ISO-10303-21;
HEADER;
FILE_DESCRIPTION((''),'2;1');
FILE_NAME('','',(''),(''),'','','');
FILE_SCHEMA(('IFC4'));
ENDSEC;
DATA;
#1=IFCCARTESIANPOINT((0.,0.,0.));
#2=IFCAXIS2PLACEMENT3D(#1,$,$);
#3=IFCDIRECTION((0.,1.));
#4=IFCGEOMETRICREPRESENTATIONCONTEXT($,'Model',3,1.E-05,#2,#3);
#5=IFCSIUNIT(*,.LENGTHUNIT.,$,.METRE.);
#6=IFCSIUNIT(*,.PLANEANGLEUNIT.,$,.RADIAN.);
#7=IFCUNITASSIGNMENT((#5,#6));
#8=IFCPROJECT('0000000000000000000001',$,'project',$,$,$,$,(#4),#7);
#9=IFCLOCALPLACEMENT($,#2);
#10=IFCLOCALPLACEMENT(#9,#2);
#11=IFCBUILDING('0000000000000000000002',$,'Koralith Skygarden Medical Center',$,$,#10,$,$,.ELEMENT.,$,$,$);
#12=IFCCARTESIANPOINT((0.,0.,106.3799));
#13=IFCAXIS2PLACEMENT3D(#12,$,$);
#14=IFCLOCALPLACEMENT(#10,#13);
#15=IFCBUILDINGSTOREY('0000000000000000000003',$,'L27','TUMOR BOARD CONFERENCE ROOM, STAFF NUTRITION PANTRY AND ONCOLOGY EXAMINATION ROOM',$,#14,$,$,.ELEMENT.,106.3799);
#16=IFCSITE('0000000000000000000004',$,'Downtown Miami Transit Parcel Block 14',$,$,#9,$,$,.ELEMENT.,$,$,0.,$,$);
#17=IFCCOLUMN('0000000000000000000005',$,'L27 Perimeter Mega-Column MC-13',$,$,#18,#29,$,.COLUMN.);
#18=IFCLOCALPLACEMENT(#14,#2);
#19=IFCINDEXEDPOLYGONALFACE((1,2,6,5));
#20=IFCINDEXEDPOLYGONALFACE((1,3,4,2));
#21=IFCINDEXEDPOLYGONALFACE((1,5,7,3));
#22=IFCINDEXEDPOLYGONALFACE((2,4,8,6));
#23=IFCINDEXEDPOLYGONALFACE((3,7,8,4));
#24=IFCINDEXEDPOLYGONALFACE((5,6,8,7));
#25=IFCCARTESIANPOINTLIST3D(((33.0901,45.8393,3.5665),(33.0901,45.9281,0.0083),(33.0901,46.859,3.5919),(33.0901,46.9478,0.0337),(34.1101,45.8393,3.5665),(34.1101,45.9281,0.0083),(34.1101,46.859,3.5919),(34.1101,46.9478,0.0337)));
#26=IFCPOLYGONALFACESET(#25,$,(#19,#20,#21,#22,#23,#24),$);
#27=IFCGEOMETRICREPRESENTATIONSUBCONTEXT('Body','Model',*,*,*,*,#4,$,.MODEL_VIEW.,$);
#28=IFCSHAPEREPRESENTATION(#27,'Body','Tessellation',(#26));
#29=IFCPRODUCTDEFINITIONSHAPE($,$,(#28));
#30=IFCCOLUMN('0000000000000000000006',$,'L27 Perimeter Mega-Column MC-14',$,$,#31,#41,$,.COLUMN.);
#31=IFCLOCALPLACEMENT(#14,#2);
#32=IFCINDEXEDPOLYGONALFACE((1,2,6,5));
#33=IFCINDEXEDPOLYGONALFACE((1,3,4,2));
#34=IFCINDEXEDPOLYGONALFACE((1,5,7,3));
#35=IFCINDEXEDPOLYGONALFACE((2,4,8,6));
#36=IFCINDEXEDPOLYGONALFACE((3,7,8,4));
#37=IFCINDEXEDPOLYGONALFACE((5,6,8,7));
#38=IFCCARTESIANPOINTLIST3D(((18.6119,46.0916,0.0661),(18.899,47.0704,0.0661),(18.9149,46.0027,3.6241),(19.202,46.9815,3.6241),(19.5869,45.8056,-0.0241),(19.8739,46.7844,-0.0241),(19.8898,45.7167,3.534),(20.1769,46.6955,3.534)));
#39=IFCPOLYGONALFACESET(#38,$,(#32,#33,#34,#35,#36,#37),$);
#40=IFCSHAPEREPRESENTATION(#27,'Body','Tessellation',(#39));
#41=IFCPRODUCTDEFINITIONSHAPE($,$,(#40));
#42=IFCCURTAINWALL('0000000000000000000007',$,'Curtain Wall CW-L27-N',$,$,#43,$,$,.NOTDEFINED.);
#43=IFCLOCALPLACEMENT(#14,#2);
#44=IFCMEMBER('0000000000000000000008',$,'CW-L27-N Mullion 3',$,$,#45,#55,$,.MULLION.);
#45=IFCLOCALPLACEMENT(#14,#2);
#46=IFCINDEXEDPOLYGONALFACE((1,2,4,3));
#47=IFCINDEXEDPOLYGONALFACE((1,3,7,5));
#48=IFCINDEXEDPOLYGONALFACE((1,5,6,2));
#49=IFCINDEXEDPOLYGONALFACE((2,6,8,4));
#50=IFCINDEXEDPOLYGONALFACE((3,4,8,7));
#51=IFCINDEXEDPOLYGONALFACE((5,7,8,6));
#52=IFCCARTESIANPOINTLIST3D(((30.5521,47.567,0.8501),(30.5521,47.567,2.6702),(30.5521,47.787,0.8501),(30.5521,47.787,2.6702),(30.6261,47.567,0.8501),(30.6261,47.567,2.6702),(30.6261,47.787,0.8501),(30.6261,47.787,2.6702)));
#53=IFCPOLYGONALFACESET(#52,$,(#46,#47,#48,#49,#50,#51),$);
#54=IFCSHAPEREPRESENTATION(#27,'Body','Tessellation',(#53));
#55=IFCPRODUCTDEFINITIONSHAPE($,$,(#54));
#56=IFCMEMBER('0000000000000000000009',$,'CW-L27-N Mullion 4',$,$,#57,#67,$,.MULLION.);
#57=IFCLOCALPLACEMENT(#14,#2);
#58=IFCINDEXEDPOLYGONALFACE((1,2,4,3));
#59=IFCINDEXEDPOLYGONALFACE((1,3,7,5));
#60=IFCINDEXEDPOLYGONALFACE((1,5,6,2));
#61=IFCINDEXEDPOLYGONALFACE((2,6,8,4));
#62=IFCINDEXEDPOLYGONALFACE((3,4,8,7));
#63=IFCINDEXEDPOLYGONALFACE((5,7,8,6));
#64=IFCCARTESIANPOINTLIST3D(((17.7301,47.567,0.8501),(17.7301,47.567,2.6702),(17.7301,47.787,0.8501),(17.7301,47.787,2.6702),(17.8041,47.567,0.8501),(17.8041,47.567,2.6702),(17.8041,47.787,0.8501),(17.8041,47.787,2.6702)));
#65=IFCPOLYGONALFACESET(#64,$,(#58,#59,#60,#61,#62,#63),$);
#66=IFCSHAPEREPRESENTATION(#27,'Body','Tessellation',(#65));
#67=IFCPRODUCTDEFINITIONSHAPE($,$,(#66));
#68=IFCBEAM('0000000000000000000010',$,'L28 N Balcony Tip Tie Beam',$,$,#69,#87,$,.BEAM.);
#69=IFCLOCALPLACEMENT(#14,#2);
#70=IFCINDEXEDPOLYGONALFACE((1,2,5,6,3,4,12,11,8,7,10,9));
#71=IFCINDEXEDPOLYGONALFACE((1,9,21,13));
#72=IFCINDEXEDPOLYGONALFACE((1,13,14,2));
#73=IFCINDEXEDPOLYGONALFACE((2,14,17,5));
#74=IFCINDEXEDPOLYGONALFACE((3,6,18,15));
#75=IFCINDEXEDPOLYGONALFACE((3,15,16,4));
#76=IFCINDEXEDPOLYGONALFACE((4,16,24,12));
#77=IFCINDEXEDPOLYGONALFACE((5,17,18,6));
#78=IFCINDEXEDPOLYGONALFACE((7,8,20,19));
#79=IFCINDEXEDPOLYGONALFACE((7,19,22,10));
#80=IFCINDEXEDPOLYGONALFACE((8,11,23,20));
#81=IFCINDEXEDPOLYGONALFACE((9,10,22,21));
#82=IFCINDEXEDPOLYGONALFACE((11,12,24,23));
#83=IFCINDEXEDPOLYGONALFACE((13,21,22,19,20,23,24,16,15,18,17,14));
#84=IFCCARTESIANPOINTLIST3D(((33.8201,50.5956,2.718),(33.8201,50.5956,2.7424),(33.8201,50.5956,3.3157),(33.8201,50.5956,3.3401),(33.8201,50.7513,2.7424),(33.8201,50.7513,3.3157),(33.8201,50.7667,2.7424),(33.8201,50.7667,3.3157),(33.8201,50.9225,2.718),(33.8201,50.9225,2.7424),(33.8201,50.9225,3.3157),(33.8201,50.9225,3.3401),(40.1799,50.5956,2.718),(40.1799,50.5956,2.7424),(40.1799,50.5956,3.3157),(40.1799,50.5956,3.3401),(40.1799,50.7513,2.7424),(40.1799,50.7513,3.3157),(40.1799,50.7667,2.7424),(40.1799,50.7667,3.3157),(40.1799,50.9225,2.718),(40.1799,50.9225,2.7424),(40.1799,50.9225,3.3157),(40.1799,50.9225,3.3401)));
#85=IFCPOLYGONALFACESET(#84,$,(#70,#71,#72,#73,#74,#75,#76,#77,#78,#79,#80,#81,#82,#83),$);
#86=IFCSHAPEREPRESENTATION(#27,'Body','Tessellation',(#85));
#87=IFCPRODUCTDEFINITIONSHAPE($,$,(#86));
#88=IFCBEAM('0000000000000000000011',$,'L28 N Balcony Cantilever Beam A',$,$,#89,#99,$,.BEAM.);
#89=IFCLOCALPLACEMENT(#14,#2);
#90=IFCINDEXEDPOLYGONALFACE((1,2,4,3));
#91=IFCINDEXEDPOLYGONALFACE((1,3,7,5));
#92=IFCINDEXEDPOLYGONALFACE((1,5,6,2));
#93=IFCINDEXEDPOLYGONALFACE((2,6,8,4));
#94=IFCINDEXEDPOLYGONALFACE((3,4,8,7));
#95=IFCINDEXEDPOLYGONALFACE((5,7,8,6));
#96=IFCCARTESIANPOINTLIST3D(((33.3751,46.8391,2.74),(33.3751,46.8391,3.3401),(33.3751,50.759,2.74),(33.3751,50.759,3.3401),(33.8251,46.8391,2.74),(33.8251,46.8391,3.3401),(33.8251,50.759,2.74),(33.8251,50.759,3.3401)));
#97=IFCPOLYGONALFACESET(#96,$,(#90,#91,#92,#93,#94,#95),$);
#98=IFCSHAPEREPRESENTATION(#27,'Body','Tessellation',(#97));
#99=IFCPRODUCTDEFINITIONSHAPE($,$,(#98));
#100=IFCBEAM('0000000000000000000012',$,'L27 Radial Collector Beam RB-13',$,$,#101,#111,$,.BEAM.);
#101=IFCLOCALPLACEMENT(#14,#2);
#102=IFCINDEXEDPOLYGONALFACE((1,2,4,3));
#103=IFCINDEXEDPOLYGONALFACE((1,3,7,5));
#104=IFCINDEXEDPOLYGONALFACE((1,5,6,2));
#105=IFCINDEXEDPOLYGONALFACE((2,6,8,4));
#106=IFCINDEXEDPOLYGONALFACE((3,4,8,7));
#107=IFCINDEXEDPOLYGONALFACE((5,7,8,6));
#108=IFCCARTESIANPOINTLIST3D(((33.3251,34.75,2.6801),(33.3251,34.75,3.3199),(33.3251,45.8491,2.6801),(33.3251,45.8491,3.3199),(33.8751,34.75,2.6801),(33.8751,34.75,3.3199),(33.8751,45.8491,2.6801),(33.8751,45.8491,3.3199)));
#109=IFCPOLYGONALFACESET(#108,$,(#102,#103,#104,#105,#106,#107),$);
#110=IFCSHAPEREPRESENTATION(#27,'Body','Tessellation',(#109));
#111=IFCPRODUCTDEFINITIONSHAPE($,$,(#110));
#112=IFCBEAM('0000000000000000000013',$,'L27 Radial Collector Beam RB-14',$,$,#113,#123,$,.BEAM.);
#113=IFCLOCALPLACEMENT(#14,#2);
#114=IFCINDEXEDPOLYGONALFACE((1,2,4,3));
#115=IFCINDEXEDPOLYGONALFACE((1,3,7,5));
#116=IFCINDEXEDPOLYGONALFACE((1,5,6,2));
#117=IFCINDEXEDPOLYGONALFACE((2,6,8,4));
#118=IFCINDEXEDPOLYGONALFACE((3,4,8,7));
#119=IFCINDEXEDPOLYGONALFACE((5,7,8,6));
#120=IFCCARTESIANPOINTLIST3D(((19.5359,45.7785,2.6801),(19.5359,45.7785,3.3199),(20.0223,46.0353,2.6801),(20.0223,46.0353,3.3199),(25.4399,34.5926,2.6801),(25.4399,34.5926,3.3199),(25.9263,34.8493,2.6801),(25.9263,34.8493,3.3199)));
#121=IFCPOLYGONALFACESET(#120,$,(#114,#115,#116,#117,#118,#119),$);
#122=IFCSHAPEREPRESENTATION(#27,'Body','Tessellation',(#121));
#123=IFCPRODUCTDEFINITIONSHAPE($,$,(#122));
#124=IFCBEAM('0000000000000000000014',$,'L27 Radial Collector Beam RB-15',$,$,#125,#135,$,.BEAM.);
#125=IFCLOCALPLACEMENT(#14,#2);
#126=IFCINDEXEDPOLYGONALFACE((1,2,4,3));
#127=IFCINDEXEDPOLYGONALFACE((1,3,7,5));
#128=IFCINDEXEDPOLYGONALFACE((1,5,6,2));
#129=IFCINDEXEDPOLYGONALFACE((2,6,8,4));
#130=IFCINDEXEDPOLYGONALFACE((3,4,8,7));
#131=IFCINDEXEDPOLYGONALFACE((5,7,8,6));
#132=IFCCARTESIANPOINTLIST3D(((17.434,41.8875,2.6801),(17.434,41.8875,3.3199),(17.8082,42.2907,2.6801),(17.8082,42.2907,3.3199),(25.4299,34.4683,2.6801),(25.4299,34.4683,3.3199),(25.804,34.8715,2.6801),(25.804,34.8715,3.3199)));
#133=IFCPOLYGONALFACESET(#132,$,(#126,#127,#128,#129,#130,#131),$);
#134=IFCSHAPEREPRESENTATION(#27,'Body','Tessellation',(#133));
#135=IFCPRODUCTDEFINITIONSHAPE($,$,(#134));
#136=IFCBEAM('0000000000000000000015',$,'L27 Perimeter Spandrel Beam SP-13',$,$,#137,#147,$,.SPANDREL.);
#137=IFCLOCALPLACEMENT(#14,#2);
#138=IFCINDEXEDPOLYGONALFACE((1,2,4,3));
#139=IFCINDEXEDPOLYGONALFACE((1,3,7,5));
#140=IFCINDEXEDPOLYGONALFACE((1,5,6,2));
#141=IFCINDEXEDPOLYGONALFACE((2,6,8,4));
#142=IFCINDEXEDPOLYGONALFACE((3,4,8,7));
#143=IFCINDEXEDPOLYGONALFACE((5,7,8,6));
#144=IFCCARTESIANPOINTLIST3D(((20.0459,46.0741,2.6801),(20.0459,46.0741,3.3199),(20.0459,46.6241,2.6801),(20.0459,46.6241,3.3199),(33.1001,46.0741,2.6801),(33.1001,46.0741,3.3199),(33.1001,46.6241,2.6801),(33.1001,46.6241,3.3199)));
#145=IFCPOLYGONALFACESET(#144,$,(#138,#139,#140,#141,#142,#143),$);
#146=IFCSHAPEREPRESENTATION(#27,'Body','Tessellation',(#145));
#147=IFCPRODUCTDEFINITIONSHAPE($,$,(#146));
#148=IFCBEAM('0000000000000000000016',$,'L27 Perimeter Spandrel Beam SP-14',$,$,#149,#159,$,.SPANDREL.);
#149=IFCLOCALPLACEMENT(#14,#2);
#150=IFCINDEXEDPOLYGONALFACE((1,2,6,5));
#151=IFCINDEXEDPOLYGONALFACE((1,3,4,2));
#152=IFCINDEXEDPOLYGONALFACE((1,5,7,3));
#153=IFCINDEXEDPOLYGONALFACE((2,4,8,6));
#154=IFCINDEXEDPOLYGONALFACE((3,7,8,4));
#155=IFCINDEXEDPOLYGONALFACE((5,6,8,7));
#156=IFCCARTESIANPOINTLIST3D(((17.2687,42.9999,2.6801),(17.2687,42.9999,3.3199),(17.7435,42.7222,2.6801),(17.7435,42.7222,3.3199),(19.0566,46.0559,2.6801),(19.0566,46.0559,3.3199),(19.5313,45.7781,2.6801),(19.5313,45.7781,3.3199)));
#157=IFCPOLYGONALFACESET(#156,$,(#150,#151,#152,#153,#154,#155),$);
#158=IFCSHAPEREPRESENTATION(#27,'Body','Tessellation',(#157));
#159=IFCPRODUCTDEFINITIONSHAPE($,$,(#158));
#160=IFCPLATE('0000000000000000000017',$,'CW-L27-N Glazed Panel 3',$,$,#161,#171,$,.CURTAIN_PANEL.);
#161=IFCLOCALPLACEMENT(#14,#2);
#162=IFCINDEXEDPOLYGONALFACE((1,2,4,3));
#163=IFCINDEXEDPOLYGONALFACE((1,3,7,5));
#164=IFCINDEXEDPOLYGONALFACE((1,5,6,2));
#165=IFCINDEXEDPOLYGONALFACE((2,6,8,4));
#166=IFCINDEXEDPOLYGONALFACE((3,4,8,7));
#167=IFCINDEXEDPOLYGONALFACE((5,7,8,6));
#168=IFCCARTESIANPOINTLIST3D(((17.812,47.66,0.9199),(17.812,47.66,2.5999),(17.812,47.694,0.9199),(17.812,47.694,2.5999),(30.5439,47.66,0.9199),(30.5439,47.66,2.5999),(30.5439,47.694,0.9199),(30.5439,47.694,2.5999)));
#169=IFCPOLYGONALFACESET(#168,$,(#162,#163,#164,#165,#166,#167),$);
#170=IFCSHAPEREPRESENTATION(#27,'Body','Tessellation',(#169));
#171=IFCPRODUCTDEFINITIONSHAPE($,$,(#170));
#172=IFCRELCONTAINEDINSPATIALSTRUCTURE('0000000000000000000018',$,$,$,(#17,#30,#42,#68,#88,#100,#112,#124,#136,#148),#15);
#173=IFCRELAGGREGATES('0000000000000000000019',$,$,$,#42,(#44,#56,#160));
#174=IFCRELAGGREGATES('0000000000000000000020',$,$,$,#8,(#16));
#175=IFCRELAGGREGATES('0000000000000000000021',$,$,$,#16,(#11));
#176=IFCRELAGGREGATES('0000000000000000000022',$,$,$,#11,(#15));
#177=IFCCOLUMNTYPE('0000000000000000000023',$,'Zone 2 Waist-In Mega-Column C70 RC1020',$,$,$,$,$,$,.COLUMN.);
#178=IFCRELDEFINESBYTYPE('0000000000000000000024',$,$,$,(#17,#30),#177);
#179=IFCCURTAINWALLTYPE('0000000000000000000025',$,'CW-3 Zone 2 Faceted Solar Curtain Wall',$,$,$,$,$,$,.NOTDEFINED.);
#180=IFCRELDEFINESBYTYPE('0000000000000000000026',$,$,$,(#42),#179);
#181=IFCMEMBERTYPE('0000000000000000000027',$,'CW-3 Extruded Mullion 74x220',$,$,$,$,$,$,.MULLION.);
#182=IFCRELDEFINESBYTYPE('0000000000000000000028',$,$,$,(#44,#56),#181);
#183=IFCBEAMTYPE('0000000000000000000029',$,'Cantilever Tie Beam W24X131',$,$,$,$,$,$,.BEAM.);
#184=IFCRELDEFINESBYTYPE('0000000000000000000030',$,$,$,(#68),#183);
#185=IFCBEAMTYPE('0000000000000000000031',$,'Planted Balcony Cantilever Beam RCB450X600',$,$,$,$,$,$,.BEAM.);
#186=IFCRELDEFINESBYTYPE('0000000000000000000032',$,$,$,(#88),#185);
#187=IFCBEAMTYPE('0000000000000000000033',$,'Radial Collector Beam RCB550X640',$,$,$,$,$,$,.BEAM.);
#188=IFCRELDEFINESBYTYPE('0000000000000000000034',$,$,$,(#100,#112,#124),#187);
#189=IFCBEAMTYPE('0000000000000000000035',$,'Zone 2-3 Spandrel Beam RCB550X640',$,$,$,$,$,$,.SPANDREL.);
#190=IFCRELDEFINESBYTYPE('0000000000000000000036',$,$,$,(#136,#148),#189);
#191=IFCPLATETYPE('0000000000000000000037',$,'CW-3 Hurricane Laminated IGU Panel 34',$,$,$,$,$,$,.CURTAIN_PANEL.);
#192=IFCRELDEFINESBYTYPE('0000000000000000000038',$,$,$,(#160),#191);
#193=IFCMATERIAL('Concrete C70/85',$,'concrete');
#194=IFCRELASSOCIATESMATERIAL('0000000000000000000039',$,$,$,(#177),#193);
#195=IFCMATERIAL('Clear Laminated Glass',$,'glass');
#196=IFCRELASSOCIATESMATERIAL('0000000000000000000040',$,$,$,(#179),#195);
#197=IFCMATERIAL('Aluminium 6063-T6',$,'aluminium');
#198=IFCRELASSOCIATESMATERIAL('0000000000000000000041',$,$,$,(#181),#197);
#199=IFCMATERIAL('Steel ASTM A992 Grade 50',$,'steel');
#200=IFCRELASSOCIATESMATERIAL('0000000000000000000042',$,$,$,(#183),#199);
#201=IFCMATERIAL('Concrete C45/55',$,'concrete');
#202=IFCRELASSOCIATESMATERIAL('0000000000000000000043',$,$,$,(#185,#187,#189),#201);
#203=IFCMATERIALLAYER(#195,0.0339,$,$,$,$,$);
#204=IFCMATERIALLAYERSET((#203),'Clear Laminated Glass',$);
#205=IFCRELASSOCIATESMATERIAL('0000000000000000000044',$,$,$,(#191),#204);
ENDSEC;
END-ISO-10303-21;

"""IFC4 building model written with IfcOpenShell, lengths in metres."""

from ifc_helpers import new_model, si_unit, direction, frame, origin, origin_2d, place, context, subcontext, project, spatial, rectangle, i_section, extrude, material, layer, layer_set, material_profile, profile_set, type_object, element, aggregate, save


model = new_model("IFC4")

# Units and contexts
model_context = context("Model", 3, precision=1e-05, world=origin(), true_north=direction((0.0, 1.0)))
body_context = subcontext(model_context, "Body", "Model", "MODEL_VIEW")
ifc_project = project(units=[si_unit("LENGTHUNIT", "METRE"), si_unit("PLANEANGLEUNIT", "RADIAN")], contexts=[model_context])

# Site, building, storey
site_placement = place(None, origin())
site = spatial("IfcSite", under=ifc_project, at=site_placement, Name="Downtown Miami Transit Parcel Block 14", CompositionType="ELEMENT", RefElevation=0.0)
building_placement = place(site_placement, origin())
building = spatial("IfcBuilding", under=site, at=building_placement, Name="Koralith Skygarden Medical Center", CompositionType="ELEMENT")
storey_placement = place(building_placement, frame((0.0, 0.0, 106.3799)))
storey = spatial("IfcBuildingStorey", under=building, at=storey_placement, Name="L27", Description="TUMOR BOARD CONFERENCE ROOM, STAFF NUTRITION PANTRY AND ONCOLOGY EXAMINATION ROOM", CompositionType="ELEMENT", Elevation=106.3799)

# Columns
ifc_material_1 = material(Name="Concrete C70/85", Category="concrete")
ifc_material_profile_1 = material_profile(ifc_material_1, rectangle(XDim=1.02, YDim=1.02, at=origin_2d()), Name="RC1020X1020")
ifc_profile_set_1 = profile_set([ifc_material_profile_1], Name="Concrete C70/85")
column_type = type_object("IfcColumnType", Name="Zone 2 Waist-In Mega-Column C70 RC1020", PredefinedType="COLUMN", material=ifc_profile_set_1)
column_1_placement = place(storey_placement, frame((33.6001, 46.438, 0.021), z_axis=(0.0, -0.024968, 0.999688), x_axis=(1.0, 0.0, 0.0)))
element("IfcColumn", 1, at=column_1_placement, inside=storey, type_object=column_type, Name="L27 Perimeter Mega-Column MC-13", PredefinedType="COLUMN", context=body_context, shape_type="SweptSolid", body=[
    extrude(rectangle(XDim=1.02, YDim=1.02, at=origin_2d()), origin(), (0.0, 0.0, 1.0), 3.5593),
])
column_2_placement = place(storey_placement, frame((19.2429, 46.438, 0.021), z_axis=(0.084818, -0.024878, 0.996086), x_axis=(0.281455, 0.959575, 0.0)))
element("IfcColumn", 2, at=column_2_placement, inside=storey, type_object=column_type, Name="L27 Perimeter Mega-Column MC-14", PredefinedType="COLUMN", context=body_context, shape_type="SweptSolid", body=[
    extrude(rectangle(XDim=1.02, YDim=1.02, at=origin_2d()), origin(), (0.0, 0.0, 1.0), 3.572),
])

# Curtain wall, members
ifc_material_2 = material(Name="Clear Laminated Glass", Category="glass")
curtain_wall_type = type_object("IfcCurtainWallType", Name="CW-3 Zone 2 Faceted Solar Curtain Wall", PredefinedType="NOTDEFINED", material=ifc_material_2)
curtain_wall_placement = place(storey_placement, origin())
curtain_wall = element("IfcCurtainWall", 3, at=curtain_wall_placement, inside=storey, type_object=curtain_wall_type, Name="Curtain Wall CW-L27-N", PredefinedType="NOTDEFINED")
ifc_material_3 = material(Name="Aluminium 6063-T6", Category="aluminium")
ifc_material_profile_2 = material_profile(ifc_material_3, rectangle(XDim=0.074, YDim=0.22, at=origin_2d()), Name="MUL74X220")
ifc_profile_set_2 = profile_set([ifc_material_profile_2], Name="Aluminium 6063-T6")
member_type = type_object("IfcMemberType", Name="CW-3 Extruded Mullion 74x220", PredefinedType="MULLION", material=ifc_profile_set_2)
member_1_placement = place(storey_placement, frame((30.5891, 47.677, 0.8501), z_axis=(0.0, 0.0, 1.0), x_axis=(1.0, 0.0, 0.0)))
member_1 = element("IfcMember", 4, at=member_1_placement, type_object=member_type, Name="CW-L27-N Mullion 3", PredefinedType="MULLION", context=body_context, shape_type="SweptSolid", body=[
    extrude(rectangle(XDim=0.074, YDim=0.22, at=origin_2d()), origin(), (0.0, 0.0, 1.0), 1.8201),
])
member_2_placement = place(storey_placement, frame((17.7671, 47.677, 0.8501), z_axis=(0.0, 0.0, 1.0), x_axis=(1.0, 0.0, 0.0)))
member_2 = element("IfcMember", 5, at=member_2_placement, type_object=member_type, Name="CW-L27-N Mullion 4", PredefinedType="MULLION", context=body_context, shape_type="SweptSolid", body=[
    extrude(rectangle(XDim=0.074, YDim=0.22, at=origin_2d()), origin(), (0.0, 0.0, 1.0), 1.8201),
])

# Beams
ifc_material_4 = material(Name="Steel ASTM A992 Grade 50", Category="steel")
ifc_material_profile_3 = material_profile(ifc_material_4, i_section(OverallWidth=0.3269, OverallDepth=0.6221, WebThickness=0.0154, FlangeThickness=0.0244, at=origin_2d()), Name="W24X131")
ifc_profile_set_3 = profile_set([ifc_material_profile_3], Name="Steel ASTM A992 Grade 50")
beam_type_1 = type_object("IfcBeamType", Name="Cantilever Tie Beam W24X131", PredefinedType="BEAM", material=ifc_profile_set_3)
beam_1_placement = place(storey_placement, frame((33.8201, 50.759, 3.0291), z_axis=(1.0, 0.0, 0.0), x_axis=(0.0, 1.0, 0.0)))
element("IfcBeam", 6, at=beam_1_placement, inside=storey, type_object=beam_type_1, Name="L28 N Balcony Tip Tie Beam", PredefinedType="BEAM", context=body_context, shape_type="SweptSolid", body=[
    extrude(i_section(OverallWidth=0.3269, OverallDepth=0.6221, WebThickness=0.0154, FlangeThickness=0.0244, at=origin_2d()), origin(), (0.0, 0.0, 1.0), 6.3599),
])
ifc_material_5 = material(Name="Concrete C45/55", Category="concrete")
ifc_material_profile_4 = material_profile(ifc_material_5, rectangle(XDim=0.45, YDim=0.6001, at=origin_2d()), Name="RCB450X600")
ifc_profile_set_4 = profile_set([ifc_material_profile_4], Name="Concrete C45/55")
beam_type_2 = type_object("IfcBeamType", Name="Planted Balcony Cantilever Beam RCB450X600", PredefinedType="BEAM", material=ifc_profile_set_4)
beam_2_placement = place(storey_placement, frame((33.6001, 46.8391, 3.04), z_axis=(0.0, 1.0, 0.0), x_axis=(-1.0, 0.0, 0.0)))
element("IfcBeam", 7, at=beam_2_placement, inside=storey, type_object=beam_type_2, Name="L28 N Balcony Cantilever Beam A", PredefinedType="BEAM", context=body_context, shape_type="SweptSolid", body=[
    extrude(rectangle(XDim=0.45, YDim=0.6001, at=origin_2d()), origin(), (0.0, 0.0, 1.0), 3.9199),
])
ifc_material_profile_5 = material_profile(ifc_material_5, rectangle(XDim=0.55, YDim=0.6399, at=origin_2d()), Name="RCB550X640")
ifc_profile_set_5 = profile_set([ifc_material_profile_5], Name="Concrete C45/55")
beam_type_3 = type_object("IfcBeamType", Name="Radial Collector Beam RCB550X640", PredefinedType="BEAM", material=ifc_profile_set_5)
beam_3_placement = place(storey_placement, frame((33.6001, 34.75, 3.0), z_axis=(0.0, 1.0, 0.0), x_axis=(-1.0, 0.0, 0.0)))
element("IfcBeam", 8, at=beam_3_placement, inside=storey, type_object=beam_type_3, Name="L27 Radial Collector Beam RB-13", PredefinedType="BEAM", context=body_context, shape_type="SweptSolid", body=[
    extrude(rectangle(XDim=0.55, YDim=0.6399, at=origin_2d()), origin(), (0.0, 0.0, 1.0), 11.0991),
])
beam_4_placement = place(storey_placement, frame((25.6831, 34.7209, 3.0), z_axis=(-0.466778, 0.884375, 0.0), x_axis=(-0.884375, -0.466778, 0.0)))
element("IfcBeam", 9, at=beam_4_placement, inside=storey, type_object=beam_type_3, Name="L27 Radial Collector Beam RB-14", PredefinedType="BEAM", context=body_context, shape_type="SweptSolid", body=[
    extrude(rectangle(XDim=0.55, YDim=0.6399, at=origin_2d()), origin(), (0.0, 0.0, 1.0), 12.6484),
])
beam_5_placement = place(storey_placement, frame((25.6169, 34.6699, 3.0), z_axis=(-0.733046, 0.680179, 0.0), x_axis=(-0.680179, -0.733046, 0.0)))
element("IfcBeam", 10, at=beam_5_placement, inside=storey, type_object=beam_type_3, Name="L27 Radial Collector Beam RB-15", PredefinedType="BEAM", context=body_context, shape_type="SweptSolid", body=[
    extrude(rectangle(XDim=0.55, YDim=0.6399, at=origin_2d()), origin(), (0.0, 0.0, 1.0), 10.9077),
])
ifc_material_profile_6 = material_profile(ifc_material_5, rectangle(XDim=0.55, YDim=0.6399, at=origin_2d()), Name="RCB550X640")
ifc_profile_set_6 = profile_set([ifc_material_profile_6], Name="Concrete C45/55")
beam_type_4 = type_object("IfcBeamType", Name="Zone 2-3 Spandrel Beam RCB550X640", PredefinedType="SPANDREL", material=ifc_profile_set_6)
beam_6_placement = place(storey_placement, frame((33.1001, 46.3491, 3.0), z_axis=(-1.0, 0.0, 0.0), x_axis=(0.0, -1.0, 0.0)))
element("IfcBeam", 11, at=beam_6_placement, inside=storey, type_object=beam_type_4, Name="L27 Perimeter Spandrel Beam SP-13", PredefinedType="SPANDREL", context=body_context, shape_type="SweptSolid", body=[
    extrude(rectangle(XDim=0.55, YDim=0.6399, at=origin_2d()), origin(), (0.0, 0.0, 1.0), 13.0542),
])
beam_7_placement = place(storey_placement, frame((19.2939, 45.917, 3.0), z_axis=(-0.504972, -0.863135, 0.0), x_axis=(0.863135, -0.504972, 0.0)))
element("IfcBeam", 12, at=beam_7_placement, inside=storey, type_object=beam_type_4, Name="L27 Perimeter Spandrel Beam SP-14", PredefinedType="SPANDREL", context=body_context, shape_type="SweptSolid", body=[
    extrude(rectangle(XDim=0.55, YDim=0.6399, at=origin_2d()), origin(), (0.0, 0.0, 1.0), 3.5405),
])

# Plate
ifc_layer_1 = layer(ifc_material_2, 0.0339)
ifc_layer_set_1 = layer_set([ifc_layer_1], Name="Clear Laminated Glass")
plate_type = type_object("IfcPlateType", Name="CW-3 Hurricane Laminated IGU Panel 34", PredefinedType="CURTAIN_PANEL", material=ifc_layer_set_1)
plate_placement = place(storey_placement, frame((24.178, 47.677, 0.9199), z_axis=(0.0, 0.0, 1.0), x_axis=(-1.0, 0.0, 0.0)))
plate = element("IfcPlate", 13, at=plate_placement, type_object=plate_type, Name="CW-L27-N Glazed Panel 3", PredefinedType="CURTAIN_PANEL", context=body_context, shape_type="SweptSolid", body=[
    extrude(rectangle(XDim=12.7319, YDim=0.0339, at=origin_2d()), origin(), (0.0, 0.0, 1.0), 1.6799),
])
aggregate(curtain_wall, [member_1, member_2, plate])

save(model, "model.ifc")
